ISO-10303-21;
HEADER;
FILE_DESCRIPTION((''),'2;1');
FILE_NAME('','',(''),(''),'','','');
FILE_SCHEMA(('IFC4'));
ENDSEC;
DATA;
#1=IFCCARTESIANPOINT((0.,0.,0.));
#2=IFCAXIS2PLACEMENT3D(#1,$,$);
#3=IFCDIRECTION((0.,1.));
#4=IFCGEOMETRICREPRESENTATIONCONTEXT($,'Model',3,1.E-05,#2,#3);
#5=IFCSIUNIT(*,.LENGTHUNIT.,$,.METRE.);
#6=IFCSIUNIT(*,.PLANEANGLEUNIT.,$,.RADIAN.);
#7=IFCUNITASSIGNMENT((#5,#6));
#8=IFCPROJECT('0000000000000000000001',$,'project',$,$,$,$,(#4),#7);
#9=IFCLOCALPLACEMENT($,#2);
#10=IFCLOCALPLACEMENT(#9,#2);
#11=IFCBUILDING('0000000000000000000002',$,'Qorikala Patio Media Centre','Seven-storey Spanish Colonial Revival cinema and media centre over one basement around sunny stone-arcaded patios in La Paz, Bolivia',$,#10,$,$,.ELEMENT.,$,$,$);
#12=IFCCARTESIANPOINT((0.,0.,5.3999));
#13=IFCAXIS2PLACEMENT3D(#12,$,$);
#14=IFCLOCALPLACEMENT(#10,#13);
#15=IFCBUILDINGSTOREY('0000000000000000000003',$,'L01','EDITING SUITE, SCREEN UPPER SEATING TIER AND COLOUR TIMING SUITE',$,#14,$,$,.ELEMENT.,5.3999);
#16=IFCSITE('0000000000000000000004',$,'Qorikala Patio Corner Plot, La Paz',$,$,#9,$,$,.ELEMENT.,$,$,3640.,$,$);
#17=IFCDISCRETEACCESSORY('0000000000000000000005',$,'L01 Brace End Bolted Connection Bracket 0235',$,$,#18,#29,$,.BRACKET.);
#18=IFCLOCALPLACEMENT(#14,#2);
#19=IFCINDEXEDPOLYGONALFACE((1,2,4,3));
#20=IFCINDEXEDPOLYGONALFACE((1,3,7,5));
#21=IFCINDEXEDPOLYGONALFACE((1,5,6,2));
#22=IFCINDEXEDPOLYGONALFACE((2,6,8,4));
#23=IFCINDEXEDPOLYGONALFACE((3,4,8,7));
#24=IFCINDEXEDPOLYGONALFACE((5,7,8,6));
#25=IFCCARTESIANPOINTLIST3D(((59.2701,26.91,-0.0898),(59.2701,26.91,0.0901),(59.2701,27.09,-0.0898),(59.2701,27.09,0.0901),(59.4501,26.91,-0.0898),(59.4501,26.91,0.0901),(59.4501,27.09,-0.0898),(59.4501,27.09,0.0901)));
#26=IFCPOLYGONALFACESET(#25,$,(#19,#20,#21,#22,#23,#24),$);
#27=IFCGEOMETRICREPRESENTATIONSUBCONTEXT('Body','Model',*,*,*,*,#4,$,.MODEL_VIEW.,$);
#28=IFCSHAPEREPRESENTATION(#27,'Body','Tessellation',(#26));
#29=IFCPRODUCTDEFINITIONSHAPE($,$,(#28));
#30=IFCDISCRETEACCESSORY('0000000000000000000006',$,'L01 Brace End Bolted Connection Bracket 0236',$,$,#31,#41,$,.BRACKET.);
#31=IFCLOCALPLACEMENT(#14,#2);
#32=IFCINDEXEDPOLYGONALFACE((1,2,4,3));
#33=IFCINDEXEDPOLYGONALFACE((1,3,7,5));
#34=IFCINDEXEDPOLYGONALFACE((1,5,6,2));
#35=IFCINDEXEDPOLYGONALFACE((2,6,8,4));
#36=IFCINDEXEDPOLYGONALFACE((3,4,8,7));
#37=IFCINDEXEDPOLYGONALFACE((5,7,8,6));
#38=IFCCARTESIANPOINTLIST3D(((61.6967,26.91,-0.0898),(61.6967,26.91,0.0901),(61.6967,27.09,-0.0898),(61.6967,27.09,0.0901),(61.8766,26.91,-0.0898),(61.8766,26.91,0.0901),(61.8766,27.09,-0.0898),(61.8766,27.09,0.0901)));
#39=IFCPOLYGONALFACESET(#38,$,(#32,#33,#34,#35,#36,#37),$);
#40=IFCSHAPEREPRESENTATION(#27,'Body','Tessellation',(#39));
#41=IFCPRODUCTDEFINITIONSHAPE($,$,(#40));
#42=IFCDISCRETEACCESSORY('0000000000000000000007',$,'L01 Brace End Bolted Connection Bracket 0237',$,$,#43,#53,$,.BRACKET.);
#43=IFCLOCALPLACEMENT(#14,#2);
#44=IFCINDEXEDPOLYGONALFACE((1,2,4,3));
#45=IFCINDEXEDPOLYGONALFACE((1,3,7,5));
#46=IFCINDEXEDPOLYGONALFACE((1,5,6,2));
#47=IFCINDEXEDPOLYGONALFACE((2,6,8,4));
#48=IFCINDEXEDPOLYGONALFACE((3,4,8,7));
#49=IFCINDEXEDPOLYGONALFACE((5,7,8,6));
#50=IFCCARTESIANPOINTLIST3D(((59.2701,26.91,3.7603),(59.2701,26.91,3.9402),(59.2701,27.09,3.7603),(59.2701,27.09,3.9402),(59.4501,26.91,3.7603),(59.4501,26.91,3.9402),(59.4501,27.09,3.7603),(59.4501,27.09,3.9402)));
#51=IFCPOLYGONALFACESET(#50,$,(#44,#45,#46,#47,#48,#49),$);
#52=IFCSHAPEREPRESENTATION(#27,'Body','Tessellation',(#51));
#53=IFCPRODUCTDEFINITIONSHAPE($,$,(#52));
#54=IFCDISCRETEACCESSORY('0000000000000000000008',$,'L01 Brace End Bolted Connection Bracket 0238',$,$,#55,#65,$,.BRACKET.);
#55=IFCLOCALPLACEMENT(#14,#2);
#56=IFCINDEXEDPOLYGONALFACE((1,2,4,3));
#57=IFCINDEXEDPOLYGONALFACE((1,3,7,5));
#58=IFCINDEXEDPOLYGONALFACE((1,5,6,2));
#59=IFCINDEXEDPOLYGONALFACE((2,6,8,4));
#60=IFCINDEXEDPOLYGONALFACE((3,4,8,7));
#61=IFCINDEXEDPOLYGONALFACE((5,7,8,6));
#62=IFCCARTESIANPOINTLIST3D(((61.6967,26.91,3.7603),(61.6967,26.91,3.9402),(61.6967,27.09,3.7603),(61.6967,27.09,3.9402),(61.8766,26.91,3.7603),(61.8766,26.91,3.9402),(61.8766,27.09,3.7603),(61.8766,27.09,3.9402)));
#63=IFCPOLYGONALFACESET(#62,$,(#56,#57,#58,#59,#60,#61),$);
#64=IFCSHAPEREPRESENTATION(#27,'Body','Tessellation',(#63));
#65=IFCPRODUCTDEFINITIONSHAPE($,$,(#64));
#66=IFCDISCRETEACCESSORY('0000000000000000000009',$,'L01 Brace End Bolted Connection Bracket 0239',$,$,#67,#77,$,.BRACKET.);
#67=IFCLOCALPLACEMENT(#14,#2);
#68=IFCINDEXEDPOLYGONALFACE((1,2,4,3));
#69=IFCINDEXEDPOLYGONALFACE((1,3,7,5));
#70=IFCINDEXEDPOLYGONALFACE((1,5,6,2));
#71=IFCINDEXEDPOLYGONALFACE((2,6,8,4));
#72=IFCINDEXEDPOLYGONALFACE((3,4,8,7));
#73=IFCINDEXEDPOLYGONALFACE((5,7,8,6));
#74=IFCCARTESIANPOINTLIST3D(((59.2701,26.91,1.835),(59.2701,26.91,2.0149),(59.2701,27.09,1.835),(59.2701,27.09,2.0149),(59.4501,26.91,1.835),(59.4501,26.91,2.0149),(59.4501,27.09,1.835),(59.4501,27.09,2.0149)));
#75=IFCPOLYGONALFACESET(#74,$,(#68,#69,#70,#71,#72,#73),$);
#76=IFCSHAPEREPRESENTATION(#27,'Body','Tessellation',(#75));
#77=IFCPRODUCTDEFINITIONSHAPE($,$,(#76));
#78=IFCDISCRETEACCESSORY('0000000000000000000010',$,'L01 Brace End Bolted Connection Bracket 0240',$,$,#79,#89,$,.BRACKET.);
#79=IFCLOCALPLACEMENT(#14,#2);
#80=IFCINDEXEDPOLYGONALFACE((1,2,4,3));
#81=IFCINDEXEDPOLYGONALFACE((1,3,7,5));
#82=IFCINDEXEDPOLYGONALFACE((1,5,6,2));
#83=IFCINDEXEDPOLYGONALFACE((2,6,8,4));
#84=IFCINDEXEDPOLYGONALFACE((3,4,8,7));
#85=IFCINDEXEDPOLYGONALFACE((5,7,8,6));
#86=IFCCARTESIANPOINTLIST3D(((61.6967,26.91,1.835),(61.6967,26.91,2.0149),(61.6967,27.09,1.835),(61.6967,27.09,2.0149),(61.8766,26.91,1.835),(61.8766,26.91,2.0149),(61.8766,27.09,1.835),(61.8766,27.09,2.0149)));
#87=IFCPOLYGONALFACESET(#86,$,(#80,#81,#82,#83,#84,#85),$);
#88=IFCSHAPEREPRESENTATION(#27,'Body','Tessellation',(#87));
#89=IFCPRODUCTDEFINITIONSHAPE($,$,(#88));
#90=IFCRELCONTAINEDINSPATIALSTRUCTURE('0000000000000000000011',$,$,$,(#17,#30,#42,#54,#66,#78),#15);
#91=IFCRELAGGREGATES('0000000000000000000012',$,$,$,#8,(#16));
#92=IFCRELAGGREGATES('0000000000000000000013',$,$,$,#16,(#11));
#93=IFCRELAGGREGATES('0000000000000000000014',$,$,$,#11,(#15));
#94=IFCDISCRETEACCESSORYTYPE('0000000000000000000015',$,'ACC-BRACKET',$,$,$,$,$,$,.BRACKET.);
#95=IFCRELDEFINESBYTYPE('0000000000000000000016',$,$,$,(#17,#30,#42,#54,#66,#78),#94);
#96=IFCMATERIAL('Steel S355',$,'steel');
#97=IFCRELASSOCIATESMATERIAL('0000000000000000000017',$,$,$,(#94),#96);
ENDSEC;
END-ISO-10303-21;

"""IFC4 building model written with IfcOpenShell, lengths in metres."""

from ifc_helpers import new_model, si_unit, direction, frame, origin, origin_2d, place, context, subcontext, project, spatial, rectangle, extrude, material, type_object, element, save


model = new_model("IFC4")

# Units and contexts
model_context = context("Model", 3, precision=1e-05, world=origin(), true_north=direction((0.0, 1.0)))
body_context = subcontext(model_context, "Body", "Model", "MODEL_VIEW")
ifc_project = project(units=[si_unit("LENGTHUNIT", "METRE"), si_unit("PLANEANGLEUNIT", "RADIAN")], contexts=[model_context])

# Site, building, storey
site_placement = place(None, origin())
site = spatial("IfcSite", under=ifc_project, at=site_placement, Name="Qorikala Patio Corner Plot, La Paz", CompositionType="ELEMENT", RefElevation=3640.0)
building_placement = place(site_placement, origin())
building = spatial("IfcBuilding", under=site, at=building_placement, Name="Qorikala Patio Media Centre", Description="Seven-storey Spanish Colonial Revival cinema and media centre over one basement around sunny stone-arcaded patios in La Paz, Bolivia", CompositionType="ELEMENT")
storey_placement = place(building_placement, frame((0.0, 0.0, 5.3999)))
storey = spatial("IfcBuildingStorey", under=building, at=storey_placement, Name="L01", Description="EDITING SUITE, SCREEN UPPER SEATING TIER AND COLOUR TIMING SUITE", CompositionType="ELEMENT", Elevation=5.3999)

# Discrete accessories
ifc_material_1 = material(Name="Steel S355", Category="steel")
discrete_accessory_type = type_object("IfcDiscreteAccessoryType", Name="ACC-BRACKET", PredefinedType="BRACKET", material=ifc_material_1)
for number, where, z_axis, x_axis, name in (
    (1, (59.3601, 27.0, -0.0898), (0.0, 0.0, 1.0), (1.0, 0.0, 0.0), "L01 Brace End Bolted Connection Bracket 0235"),
    (2, (61.7866, 27.0, -0.0898), (0.0, 0.0, 1.0), (1.0, 0.0, 0.0), "L01 Brace End Bolted Connection Bracket 0236"),
    (3, (59.3601, 27.0, 3.7603), (0.0, 0.0, 1.0), (1.0, 0.0, 0.0), "L01 Brace End Bolted Connection Bracket 0237"),
    (4, (61.7866, 27.0, 3.7603), (0.0, 0.0, 1.0), (1.0, 0.0, 0.0), "L01 Brace End Bolted Connection Bracket 0238"),
    (5, (59.3601, 27.0, 1.835), (0.0, 0.0, 1.0), (1.0, 0.0, 0.0), "L01 Brace End Bolted Connection Bracket 0239"),
    (6, (61.7866, 27.0, 1.835), (0.0, 0.0, 1.0), (1.0, 0.0, 0.0), "L01 Brace End Bolted Connection Bracket 0240"),
):
    element("IfcDiscreteAccessory", number, at=place(storey_placement, frame(where, z_axis=z_axis, x_axis=x_axis)), inside=storey, type_object=discrete_accessory_type, Name=name, PredefinedType="BRACKET", context=body_context, shape_type="SweptSolid", body=[
        extrude(rectangle(XDim=0.1799, YDim=0.1799, at=origin_2d()), origin(), (0.0, 0.0, 1.0), 0.1799),
    ])

save(model, "model.ifc")
